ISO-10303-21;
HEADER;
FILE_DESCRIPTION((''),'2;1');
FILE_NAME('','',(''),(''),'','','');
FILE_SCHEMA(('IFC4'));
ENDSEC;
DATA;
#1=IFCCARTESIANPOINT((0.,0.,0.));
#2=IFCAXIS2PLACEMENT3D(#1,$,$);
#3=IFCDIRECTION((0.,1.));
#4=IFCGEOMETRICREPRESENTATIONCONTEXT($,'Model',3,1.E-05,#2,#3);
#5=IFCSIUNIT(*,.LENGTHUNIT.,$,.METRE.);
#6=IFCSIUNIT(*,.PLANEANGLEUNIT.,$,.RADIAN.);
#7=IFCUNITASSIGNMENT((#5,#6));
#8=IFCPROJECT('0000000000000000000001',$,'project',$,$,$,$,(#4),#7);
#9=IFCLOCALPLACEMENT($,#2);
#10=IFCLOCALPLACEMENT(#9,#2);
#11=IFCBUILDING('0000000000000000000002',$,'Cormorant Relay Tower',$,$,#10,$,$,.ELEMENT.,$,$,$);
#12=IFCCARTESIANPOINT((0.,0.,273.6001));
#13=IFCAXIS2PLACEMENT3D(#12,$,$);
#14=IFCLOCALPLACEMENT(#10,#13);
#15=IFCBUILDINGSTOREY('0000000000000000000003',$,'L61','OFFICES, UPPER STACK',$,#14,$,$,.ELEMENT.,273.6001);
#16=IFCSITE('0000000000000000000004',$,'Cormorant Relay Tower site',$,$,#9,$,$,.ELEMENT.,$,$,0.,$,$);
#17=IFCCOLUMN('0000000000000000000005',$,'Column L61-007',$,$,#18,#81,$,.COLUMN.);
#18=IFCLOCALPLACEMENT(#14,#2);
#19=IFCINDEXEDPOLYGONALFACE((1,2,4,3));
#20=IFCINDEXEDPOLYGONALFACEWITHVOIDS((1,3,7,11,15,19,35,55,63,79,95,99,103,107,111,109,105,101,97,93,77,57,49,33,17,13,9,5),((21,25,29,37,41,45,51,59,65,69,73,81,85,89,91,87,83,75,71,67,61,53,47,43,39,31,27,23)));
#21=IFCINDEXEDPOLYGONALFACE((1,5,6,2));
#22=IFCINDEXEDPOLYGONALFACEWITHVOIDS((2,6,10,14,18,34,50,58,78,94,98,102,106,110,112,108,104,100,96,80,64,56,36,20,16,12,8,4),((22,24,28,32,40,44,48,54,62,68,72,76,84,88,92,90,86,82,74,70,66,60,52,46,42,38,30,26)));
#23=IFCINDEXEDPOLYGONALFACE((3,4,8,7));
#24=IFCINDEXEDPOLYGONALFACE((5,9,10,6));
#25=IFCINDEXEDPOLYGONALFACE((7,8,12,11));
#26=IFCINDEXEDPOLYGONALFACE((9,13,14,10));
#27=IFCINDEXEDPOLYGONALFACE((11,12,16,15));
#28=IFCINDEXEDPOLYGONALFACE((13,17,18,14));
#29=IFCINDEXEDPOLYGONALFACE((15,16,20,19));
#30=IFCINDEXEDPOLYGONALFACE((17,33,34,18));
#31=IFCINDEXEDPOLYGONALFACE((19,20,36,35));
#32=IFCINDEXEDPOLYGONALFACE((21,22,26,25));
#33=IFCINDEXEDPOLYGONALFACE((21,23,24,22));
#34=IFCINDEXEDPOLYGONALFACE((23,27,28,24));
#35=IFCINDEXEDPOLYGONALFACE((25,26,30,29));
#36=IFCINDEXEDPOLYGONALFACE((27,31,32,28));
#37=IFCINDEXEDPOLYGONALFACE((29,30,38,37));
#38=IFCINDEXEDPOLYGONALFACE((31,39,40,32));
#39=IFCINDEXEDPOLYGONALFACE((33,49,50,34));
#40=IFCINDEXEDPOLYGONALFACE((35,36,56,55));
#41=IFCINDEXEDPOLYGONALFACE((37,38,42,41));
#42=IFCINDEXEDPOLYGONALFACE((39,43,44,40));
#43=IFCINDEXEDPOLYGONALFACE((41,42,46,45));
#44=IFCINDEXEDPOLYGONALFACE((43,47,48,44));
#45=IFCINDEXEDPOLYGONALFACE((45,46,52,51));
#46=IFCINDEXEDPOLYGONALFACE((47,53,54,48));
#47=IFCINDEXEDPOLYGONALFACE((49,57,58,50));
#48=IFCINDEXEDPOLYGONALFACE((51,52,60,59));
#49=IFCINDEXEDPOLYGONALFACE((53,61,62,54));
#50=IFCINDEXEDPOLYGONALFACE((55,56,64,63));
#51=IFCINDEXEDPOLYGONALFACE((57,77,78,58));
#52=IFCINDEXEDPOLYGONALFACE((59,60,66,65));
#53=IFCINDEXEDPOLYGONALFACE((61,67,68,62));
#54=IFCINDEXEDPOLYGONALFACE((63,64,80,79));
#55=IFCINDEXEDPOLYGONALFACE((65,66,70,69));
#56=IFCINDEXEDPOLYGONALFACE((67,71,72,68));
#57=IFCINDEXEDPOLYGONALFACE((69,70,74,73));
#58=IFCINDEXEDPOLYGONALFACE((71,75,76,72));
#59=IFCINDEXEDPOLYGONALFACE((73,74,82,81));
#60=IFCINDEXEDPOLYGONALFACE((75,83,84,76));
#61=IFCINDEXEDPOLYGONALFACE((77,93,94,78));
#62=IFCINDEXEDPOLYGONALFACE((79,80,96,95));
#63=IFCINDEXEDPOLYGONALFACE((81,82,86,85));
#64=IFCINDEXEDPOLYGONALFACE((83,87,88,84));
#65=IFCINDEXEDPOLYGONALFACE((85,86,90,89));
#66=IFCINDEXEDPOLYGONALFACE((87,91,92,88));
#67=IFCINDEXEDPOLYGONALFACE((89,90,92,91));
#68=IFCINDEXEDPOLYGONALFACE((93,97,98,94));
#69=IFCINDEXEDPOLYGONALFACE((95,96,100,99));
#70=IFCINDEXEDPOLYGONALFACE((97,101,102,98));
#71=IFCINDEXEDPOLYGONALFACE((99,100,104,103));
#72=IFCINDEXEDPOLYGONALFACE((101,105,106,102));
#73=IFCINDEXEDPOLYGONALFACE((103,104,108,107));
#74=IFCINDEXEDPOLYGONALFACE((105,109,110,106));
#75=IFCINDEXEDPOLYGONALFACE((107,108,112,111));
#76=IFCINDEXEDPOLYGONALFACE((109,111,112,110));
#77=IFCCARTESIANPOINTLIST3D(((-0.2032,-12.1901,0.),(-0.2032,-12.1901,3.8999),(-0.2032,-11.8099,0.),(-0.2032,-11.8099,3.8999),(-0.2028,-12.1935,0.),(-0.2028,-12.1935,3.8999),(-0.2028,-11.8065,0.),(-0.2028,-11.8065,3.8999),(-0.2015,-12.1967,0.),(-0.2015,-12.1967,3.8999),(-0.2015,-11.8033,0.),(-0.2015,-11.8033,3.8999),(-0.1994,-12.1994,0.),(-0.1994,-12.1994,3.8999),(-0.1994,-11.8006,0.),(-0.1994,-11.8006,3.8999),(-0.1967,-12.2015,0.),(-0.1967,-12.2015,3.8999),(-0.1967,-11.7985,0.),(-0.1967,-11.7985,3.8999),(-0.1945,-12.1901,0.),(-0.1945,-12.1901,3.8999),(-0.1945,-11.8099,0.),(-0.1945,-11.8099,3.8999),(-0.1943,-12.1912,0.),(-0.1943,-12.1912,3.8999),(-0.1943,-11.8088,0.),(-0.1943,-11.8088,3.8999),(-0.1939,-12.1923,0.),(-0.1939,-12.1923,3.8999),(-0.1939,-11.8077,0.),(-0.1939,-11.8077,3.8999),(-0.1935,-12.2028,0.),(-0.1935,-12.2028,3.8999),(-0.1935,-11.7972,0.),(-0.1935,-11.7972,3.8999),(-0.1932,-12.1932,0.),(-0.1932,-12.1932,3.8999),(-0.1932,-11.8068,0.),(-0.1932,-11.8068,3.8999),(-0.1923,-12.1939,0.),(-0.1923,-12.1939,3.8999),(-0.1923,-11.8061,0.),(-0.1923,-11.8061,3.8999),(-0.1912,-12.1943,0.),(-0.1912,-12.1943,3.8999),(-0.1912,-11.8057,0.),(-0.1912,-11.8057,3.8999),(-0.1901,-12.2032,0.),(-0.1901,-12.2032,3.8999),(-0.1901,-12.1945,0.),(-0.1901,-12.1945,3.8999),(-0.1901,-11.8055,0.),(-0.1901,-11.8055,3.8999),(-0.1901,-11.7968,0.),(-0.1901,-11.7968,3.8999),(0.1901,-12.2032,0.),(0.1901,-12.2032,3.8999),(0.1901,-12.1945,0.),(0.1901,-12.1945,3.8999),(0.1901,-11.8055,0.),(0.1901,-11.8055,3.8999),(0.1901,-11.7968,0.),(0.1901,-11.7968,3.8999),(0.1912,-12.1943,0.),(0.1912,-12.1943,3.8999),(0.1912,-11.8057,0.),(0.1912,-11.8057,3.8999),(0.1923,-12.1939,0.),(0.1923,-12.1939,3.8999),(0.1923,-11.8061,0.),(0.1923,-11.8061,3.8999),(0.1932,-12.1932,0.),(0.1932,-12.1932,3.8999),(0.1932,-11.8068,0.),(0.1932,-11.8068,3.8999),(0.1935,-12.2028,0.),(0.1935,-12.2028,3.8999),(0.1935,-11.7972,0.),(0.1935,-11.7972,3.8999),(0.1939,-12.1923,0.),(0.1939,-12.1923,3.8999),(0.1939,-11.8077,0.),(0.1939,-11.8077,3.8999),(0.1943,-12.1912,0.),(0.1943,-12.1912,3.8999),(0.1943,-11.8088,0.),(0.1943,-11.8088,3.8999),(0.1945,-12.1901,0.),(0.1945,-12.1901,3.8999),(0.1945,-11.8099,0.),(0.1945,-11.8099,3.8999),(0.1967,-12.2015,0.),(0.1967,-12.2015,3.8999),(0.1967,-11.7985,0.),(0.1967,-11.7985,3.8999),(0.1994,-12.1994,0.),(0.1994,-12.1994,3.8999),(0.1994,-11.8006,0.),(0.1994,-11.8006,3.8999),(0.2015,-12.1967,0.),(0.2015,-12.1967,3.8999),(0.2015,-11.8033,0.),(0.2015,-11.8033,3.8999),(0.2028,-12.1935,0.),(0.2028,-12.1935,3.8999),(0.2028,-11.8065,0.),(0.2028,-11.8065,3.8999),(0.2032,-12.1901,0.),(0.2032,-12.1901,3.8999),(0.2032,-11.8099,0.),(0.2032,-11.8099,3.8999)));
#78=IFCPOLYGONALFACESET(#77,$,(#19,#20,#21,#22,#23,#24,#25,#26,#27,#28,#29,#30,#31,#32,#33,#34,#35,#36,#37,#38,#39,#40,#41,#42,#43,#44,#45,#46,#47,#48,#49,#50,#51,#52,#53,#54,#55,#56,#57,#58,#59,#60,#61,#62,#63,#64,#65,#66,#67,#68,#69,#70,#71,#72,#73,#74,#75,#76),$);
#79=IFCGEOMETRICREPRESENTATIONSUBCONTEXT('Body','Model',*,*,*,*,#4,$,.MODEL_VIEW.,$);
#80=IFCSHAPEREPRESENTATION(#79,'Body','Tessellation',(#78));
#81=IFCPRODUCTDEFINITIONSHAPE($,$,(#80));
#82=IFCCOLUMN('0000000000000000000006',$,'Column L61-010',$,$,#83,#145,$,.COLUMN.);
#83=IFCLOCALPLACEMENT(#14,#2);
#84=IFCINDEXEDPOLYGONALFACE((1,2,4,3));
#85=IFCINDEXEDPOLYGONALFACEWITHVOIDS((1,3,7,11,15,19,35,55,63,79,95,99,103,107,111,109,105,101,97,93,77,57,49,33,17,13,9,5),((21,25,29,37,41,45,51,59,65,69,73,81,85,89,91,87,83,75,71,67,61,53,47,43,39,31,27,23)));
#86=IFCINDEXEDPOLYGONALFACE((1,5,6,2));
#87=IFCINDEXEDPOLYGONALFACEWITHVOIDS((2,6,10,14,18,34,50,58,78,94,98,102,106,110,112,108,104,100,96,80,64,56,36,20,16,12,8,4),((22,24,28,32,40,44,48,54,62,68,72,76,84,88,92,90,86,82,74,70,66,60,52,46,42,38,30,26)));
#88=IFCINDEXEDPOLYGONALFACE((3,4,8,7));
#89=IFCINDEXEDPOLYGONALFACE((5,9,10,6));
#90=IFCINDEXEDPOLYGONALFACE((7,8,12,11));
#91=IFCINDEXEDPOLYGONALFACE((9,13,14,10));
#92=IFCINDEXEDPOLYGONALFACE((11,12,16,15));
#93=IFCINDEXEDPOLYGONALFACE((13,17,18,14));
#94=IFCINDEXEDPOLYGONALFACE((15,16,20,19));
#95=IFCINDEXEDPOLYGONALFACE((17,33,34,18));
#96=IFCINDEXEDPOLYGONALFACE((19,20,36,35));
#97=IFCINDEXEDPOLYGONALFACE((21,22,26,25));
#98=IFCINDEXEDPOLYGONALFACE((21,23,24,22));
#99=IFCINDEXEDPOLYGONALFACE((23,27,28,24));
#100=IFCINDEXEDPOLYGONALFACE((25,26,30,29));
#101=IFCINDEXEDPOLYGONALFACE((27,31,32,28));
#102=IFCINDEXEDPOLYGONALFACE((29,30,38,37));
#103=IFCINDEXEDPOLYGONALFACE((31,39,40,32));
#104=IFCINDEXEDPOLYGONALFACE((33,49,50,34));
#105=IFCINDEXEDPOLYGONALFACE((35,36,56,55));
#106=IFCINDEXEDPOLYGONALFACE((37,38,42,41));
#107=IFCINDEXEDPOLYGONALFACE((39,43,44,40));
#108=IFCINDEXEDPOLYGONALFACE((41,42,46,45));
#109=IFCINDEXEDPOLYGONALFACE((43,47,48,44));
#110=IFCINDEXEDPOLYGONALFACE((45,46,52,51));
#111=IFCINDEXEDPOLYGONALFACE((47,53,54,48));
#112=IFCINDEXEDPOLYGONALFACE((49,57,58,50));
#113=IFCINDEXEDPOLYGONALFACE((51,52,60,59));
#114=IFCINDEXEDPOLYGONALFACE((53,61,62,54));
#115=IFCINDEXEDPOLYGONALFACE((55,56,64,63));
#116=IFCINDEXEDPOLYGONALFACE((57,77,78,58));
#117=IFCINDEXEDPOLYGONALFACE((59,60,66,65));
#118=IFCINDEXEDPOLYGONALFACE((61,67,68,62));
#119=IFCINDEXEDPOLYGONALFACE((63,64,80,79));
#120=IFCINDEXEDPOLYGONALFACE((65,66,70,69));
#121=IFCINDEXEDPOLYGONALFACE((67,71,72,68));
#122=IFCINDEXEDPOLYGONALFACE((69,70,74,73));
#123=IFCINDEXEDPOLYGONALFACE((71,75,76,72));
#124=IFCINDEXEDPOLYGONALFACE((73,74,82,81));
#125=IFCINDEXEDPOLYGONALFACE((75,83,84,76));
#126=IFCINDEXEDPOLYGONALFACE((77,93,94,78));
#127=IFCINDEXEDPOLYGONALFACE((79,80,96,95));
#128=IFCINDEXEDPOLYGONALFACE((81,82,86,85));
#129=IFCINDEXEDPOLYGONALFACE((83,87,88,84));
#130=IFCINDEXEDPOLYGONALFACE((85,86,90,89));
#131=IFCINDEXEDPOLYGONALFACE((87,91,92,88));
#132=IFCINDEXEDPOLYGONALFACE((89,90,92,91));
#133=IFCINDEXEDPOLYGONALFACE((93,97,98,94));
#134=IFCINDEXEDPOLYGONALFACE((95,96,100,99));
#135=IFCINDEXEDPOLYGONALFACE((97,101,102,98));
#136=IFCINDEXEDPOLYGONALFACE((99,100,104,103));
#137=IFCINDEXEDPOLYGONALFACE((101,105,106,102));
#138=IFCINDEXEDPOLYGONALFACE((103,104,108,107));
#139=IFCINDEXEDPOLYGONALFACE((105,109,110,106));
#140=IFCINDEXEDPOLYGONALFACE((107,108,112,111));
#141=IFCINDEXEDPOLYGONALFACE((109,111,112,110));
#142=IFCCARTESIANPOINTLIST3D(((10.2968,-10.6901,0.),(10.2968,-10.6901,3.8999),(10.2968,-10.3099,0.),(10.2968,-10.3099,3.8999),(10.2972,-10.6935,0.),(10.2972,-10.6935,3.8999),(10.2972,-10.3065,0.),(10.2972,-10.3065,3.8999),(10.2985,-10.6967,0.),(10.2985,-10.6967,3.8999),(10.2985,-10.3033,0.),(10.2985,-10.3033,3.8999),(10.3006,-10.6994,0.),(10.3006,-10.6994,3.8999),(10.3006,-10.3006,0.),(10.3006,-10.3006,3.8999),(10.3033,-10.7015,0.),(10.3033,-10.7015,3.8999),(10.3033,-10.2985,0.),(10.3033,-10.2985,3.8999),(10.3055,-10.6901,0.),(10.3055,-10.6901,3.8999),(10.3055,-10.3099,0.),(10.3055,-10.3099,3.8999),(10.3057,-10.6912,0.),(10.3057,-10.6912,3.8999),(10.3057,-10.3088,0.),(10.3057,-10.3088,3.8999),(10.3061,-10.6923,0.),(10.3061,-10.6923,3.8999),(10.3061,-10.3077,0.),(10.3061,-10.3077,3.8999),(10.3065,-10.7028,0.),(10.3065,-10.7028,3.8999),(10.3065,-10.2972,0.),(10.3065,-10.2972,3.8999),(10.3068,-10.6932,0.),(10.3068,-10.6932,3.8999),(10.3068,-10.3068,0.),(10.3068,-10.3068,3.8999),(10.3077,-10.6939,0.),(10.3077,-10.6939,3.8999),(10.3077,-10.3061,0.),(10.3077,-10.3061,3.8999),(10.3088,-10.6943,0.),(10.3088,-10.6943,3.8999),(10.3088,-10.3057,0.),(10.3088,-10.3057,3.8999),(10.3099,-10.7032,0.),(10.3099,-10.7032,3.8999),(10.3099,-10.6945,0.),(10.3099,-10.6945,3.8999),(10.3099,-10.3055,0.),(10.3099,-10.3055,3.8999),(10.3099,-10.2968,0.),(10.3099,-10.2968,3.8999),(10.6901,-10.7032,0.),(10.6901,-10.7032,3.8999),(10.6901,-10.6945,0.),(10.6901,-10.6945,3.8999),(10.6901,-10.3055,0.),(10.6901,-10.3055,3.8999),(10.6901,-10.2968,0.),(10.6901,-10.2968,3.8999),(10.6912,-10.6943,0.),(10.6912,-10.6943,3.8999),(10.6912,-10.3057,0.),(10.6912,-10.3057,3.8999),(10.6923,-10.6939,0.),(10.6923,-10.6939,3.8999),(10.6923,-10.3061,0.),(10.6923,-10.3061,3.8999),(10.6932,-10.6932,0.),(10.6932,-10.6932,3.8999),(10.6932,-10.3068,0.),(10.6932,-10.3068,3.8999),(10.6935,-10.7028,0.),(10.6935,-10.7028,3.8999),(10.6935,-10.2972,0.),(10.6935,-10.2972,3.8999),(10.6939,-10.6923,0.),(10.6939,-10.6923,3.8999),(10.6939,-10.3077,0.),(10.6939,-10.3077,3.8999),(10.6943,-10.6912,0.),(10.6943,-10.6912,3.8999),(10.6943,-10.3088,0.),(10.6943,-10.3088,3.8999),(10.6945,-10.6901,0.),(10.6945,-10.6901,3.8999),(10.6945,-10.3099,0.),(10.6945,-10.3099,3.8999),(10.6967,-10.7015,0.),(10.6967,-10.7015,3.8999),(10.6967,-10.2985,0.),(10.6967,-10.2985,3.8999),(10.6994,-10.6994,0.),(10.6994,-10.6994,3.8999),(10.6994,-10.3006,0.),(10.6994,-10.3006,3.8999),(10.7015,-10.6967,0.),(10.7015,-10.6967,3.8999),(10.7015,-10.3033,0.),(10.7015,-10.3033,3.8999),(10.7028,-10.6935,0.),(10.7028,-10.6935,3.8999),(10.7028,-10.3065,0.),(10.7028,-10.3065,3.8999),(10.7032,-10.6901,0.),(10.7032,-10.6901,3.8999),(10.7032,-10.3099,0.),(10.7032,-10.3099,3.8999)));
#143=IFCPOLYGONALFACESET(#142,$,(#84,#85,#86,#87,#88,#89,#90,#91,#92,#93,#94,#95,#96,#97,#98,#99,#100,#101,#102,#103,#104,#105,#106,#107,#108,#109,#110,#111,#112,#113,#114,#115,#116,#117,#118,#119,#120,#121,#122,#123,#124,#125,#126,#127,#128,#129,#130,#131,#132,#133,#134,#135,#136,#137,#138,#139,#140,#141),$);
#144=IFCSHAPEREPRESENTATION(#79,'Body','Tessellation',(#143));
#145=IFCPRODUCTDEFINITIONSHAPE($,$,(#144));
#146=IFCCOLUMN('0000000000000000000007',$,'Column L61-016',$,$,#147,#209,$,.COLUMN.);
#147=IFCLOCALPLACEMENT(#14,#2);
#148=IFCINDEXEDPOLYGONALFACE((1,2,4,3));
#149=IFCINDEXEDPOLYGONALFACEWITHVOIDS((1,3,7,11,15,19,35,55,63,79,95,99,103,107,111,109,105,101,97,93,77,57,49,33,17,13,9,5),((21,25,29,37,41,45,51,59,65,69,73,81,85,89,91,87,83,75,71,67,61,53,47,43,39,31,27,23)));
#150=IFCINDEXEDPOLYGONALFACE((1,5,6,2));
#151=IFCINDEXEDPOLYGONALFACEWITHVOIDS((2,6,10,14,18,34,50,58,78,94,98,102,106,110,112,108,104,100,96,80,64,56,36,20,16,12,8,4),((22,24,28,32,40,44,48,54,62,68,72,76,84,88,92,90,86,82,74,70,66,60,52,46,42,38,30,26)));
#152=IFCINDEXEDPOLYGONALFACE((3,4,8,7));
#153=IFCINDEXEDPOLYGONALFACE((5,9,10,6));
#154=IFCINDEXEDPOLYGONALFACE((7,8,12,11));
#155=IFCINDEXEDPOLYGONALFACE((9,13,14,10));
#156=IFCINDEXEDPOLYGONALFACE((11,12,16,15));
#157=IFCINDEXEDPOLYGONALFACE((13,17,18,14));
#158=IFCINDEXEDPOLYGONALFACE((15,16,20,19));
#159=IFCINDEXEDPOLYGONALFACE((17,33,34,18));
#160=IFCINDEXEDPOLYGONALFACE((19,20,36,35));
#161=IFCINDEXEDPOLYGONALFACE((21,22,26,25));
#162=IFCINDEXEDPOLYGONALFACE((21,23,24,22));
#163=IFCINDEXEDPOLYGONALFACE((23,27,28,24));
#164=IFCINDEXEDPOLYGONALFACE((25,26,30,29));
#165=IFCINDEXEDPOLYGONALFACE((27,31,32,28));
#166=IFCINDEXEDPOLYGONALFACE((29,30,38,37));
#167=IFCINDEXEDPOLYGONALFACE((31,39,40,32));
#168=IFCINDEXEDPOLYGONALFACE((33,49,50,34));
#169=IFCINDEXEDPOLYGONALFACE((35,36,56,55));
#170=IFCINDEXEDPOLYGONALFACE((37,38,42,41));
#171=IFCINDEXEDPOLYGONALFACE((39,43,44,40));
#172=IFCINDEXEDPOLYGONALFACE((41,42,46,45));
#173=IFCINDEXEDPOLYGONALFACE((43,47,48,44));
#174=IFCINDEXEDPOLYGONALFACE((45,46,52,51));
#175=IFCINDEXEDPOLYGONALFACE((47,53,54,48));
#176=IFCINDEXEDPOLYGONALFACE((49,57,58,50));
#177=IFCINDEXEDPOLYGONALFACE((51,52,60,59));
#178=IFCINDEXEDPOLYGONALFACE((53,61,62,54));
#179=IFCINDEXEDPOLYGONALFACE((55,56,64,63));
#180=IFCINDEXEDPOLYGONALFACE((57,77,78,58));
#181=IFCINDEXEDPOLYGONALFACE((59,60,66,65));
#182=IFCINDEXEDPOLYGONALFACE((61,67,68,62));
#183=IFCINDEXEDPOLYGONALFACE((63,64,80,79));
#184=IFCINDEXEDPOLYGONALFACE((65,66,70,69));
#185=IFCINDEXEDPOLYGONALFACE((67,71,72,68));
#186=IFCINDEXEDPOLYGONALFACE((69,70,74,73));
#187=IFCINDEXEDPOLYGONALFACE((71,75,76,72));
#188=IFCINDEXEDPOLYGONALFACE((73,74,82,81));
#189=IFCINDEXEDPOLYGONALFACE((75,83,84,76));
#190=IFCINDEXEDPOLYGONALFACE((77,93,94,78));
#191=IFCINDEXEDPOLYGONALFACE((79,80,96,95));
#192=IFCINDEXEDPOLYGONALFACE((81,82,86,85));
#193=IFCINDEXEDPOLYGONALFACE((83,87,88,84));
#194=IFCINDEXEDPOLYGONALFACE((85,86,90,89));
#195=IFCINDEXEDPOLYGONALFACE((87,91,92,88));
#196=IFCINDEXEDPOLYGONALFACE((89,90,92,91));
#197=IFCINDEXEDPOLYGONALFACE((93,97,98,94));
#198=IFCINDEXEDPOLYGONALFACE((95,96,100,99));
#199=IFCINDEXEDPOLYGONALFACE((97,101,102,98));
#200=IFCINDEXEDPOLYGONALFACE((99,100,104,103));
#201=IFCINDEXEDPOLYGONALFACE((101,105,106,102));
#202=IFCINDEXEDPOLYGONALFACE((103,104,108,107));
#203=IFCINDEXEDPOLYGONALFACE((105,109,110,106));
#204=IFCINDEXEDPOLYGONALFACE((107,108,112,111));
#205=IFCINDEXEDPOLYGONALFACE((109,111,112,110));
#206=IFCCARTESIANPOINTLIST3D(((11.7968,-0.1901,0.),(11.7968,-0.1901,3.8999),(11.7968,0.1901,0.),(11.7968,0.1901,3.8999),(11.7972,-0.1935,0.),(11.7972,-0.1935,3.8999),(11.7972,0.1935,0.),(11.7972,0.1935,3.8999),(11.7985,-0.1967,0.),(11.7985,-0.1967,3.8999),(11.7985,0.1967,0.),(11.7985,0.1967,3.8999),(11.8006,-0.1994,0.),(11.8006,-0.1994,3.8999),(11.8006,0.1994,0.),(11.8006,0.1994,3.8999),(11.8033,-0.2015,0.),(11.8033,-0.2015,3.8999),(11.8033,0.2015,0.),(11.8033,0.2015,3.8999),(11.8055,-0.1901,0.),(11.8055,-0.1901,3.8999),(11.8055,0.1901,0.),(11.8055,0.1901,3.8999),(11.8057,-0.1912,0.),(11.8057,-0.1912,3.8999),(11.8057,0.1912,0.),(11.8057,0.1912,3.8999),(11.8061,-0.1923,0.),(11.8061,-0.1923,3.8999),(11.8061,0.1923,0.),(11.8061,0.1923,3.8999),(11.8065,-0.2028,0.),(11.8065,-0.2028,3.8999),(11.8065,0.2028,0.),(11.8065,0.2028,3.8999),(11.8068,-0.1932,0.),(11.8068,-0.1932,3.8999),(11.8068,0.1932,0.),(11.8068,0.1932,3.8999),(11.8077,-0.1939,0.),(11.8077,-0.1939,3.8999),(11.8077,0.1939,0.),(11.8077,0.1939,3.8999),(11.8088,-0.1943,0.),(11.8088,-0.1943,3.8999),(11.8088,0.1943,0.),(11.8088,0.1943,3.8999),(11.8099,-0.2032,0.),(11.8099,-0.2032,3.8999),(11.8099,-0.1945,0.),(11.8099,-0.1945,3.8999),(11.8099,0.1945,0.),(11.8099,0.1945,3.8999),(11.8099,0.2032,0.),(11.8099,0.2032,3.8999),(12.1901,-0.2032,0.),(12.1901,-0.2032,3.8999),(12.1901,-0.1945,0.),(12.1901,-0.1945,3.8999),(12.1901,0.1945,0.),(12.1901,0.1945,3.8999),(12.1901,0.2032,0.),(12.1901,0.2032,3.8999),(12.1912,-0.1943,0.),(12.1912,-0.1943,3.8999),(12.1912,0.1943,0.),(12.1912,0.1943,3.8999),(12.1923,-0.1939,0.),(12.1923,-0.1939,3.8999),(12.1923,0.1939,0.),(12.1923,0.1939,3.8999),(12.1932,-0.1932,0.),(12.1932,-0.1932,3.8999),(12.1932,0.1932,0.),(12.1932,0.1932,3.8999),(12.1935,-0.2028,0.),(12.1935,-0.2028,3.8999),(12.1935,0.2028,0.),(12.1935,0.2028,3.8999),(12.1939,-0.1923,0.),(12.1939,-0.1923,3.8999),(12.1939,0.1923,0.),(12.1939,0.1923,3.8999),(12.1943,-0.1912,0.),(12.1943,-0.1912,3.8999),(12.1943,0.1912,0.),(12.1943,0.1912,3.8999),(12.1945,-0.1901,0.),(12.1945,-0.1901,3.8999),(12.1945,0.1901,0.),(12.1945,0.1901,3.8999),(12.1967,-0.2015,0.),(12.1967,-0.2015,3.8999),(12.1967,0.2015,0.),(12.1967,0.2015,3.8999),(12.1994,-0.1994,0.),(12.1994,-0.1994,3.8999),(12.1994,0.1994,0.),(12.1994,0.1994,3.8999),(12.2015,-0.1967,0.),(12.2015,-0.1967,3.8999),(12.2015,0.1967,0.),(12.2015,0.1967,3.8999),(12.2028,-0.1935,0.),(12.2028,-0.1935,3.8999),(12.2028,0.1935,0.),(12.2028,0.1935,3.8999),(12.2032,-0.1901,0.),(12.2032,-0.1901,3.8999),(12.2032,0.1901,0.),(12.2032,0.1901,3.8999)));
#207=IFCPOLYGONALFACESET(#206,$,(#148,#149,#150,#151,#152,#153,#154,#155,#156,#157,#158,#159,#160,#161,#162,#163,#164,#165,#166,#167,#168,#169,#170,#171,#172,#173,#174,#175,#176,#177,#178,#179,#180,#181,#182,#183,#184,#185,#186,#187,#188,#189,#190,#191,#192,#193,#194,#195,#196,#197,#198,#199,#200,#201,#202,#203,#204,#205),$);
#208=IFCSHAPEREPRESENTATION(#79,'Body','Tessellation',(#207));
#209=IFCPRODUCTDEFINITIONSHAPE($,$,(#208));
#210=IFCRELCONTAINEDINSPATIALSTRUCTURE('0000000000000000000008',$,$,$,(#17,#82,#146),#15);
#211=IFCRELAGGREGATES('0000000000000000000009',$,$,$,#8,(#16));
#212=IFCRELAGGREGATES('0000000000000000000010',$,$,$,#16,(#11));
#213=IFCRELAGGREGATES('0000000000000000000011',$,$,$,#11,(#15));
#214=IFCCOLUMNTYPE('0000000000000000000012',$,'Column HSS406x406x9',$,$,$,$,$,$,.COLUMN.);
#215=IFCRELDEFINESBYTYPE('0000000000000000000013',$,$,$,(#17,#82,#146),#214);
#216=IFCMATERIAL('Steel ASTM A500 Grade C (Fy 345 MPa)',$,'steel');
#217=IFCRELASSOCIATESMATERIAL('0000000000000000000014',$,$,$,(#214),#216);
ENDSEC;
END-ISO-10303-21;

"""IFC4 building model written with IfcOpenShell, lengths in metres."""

from ifc_helpers import new_model, si_unit, direction, frame, origin, origin_2d, place, context, subcontext, project, spatial, hollow_rectangle, extrude, material, material_profile, profile_set, type_object, element, save


model = new_model("IFC4")

# Units and contexts
model_context = context("Model", 3, precision=1e-05, world=origin(), true_north=direction((0.0, 1.0)))
body_context = subcontext(model_context, "Body", "Model", "MODEL_VIEW")
ifc_project = project(units=[si_unit("LENGTHUNIT", "METRE"), si_unit("PLANEANGLEUNIT", "RADIAN")], contexts=[model_context])

# Site, building, storey
site_placement = place(None, origin())
site = spatial("IfcSite", under=ifc_project, at=site_placement, Name="Cormorant Relay Tower site", CompositionType="ELEMENT", RefElevation=0.0)
building_placement = place(site_placement, origin())
building = spatial("IfcBuilding", under=site, at=building_placement, Name="Cormorant Relay Tower", CompositionType="ELEMENT")
storey_placement = place(building_placement, frame((0.0, 0.0, 273.6001)))
storey = spatial("IfcBuildingStorey", under=building, at=storey_placement, Name="L61", Description="OFFICES, UPPER STACK", CompositionType="ELEMENT", Elevation=273.6001)

# Columns
ifc_material_1 = material(Name="Steel ASTM A500 Grade C (Fy 345 MPa)", Category="steel")
ifc_material_profile = material_profile(ifc_material_1, hollow_rectangle(XDim=0.4065, YDim=0.4065, WallThickness=0.0088, InnerFilletRadius=0.0044, OuterFilletRadius=0.0132, at=origin_2d()), Name="HSS406x406x9")
ifc_profile_set = profile_set([ifc_material_profile], Name="Steel ASTM A500 Grade C (Fy 345 MPa)")
column_type = type_object("IfcColumnType", Name="Column HSS406x406x9", PredefinedType="COLUMN", material=ifc_profile_set)
for number, where, z_axis, x_axis, name in (
    (1, (0.0, -12.0, 0.0), (0.0, 0.0, 1.0), (1.0, 0.0, 0.0), "Column L61-007"),
    (2, (10.5, -10.5, 0.0), (0.0, 0.0, 1.0), (1.0, 0.0, 0.0), "Column L61-010"),
    (3, (12.0, 0.0, 0.0), (0.0, 0.0, 1.0), (1.0, 0.0, 0.0), "Column L61-016"),
):
    element("IfcColumn", number, at=place(storey_placement, frame(where, z_axis=z_axis, x_axis=x_axis)), inside=storey, type_object=column_type, Name=name, PredefinedType="COLUMN", context=body_context, shape_type="SweptSolid", body=[
        extrude(hollow_rectangle(XDim=0.4065, YDim=0.4065, WallThickness=0.0088, InnerFilletRadius=0.0044, OuterFilletRadius=0.0132, at=origin_2d()), origin(), (0.0, 0.0, 1.0), 3.8999),
    ])

save(model, "model.ifc")
